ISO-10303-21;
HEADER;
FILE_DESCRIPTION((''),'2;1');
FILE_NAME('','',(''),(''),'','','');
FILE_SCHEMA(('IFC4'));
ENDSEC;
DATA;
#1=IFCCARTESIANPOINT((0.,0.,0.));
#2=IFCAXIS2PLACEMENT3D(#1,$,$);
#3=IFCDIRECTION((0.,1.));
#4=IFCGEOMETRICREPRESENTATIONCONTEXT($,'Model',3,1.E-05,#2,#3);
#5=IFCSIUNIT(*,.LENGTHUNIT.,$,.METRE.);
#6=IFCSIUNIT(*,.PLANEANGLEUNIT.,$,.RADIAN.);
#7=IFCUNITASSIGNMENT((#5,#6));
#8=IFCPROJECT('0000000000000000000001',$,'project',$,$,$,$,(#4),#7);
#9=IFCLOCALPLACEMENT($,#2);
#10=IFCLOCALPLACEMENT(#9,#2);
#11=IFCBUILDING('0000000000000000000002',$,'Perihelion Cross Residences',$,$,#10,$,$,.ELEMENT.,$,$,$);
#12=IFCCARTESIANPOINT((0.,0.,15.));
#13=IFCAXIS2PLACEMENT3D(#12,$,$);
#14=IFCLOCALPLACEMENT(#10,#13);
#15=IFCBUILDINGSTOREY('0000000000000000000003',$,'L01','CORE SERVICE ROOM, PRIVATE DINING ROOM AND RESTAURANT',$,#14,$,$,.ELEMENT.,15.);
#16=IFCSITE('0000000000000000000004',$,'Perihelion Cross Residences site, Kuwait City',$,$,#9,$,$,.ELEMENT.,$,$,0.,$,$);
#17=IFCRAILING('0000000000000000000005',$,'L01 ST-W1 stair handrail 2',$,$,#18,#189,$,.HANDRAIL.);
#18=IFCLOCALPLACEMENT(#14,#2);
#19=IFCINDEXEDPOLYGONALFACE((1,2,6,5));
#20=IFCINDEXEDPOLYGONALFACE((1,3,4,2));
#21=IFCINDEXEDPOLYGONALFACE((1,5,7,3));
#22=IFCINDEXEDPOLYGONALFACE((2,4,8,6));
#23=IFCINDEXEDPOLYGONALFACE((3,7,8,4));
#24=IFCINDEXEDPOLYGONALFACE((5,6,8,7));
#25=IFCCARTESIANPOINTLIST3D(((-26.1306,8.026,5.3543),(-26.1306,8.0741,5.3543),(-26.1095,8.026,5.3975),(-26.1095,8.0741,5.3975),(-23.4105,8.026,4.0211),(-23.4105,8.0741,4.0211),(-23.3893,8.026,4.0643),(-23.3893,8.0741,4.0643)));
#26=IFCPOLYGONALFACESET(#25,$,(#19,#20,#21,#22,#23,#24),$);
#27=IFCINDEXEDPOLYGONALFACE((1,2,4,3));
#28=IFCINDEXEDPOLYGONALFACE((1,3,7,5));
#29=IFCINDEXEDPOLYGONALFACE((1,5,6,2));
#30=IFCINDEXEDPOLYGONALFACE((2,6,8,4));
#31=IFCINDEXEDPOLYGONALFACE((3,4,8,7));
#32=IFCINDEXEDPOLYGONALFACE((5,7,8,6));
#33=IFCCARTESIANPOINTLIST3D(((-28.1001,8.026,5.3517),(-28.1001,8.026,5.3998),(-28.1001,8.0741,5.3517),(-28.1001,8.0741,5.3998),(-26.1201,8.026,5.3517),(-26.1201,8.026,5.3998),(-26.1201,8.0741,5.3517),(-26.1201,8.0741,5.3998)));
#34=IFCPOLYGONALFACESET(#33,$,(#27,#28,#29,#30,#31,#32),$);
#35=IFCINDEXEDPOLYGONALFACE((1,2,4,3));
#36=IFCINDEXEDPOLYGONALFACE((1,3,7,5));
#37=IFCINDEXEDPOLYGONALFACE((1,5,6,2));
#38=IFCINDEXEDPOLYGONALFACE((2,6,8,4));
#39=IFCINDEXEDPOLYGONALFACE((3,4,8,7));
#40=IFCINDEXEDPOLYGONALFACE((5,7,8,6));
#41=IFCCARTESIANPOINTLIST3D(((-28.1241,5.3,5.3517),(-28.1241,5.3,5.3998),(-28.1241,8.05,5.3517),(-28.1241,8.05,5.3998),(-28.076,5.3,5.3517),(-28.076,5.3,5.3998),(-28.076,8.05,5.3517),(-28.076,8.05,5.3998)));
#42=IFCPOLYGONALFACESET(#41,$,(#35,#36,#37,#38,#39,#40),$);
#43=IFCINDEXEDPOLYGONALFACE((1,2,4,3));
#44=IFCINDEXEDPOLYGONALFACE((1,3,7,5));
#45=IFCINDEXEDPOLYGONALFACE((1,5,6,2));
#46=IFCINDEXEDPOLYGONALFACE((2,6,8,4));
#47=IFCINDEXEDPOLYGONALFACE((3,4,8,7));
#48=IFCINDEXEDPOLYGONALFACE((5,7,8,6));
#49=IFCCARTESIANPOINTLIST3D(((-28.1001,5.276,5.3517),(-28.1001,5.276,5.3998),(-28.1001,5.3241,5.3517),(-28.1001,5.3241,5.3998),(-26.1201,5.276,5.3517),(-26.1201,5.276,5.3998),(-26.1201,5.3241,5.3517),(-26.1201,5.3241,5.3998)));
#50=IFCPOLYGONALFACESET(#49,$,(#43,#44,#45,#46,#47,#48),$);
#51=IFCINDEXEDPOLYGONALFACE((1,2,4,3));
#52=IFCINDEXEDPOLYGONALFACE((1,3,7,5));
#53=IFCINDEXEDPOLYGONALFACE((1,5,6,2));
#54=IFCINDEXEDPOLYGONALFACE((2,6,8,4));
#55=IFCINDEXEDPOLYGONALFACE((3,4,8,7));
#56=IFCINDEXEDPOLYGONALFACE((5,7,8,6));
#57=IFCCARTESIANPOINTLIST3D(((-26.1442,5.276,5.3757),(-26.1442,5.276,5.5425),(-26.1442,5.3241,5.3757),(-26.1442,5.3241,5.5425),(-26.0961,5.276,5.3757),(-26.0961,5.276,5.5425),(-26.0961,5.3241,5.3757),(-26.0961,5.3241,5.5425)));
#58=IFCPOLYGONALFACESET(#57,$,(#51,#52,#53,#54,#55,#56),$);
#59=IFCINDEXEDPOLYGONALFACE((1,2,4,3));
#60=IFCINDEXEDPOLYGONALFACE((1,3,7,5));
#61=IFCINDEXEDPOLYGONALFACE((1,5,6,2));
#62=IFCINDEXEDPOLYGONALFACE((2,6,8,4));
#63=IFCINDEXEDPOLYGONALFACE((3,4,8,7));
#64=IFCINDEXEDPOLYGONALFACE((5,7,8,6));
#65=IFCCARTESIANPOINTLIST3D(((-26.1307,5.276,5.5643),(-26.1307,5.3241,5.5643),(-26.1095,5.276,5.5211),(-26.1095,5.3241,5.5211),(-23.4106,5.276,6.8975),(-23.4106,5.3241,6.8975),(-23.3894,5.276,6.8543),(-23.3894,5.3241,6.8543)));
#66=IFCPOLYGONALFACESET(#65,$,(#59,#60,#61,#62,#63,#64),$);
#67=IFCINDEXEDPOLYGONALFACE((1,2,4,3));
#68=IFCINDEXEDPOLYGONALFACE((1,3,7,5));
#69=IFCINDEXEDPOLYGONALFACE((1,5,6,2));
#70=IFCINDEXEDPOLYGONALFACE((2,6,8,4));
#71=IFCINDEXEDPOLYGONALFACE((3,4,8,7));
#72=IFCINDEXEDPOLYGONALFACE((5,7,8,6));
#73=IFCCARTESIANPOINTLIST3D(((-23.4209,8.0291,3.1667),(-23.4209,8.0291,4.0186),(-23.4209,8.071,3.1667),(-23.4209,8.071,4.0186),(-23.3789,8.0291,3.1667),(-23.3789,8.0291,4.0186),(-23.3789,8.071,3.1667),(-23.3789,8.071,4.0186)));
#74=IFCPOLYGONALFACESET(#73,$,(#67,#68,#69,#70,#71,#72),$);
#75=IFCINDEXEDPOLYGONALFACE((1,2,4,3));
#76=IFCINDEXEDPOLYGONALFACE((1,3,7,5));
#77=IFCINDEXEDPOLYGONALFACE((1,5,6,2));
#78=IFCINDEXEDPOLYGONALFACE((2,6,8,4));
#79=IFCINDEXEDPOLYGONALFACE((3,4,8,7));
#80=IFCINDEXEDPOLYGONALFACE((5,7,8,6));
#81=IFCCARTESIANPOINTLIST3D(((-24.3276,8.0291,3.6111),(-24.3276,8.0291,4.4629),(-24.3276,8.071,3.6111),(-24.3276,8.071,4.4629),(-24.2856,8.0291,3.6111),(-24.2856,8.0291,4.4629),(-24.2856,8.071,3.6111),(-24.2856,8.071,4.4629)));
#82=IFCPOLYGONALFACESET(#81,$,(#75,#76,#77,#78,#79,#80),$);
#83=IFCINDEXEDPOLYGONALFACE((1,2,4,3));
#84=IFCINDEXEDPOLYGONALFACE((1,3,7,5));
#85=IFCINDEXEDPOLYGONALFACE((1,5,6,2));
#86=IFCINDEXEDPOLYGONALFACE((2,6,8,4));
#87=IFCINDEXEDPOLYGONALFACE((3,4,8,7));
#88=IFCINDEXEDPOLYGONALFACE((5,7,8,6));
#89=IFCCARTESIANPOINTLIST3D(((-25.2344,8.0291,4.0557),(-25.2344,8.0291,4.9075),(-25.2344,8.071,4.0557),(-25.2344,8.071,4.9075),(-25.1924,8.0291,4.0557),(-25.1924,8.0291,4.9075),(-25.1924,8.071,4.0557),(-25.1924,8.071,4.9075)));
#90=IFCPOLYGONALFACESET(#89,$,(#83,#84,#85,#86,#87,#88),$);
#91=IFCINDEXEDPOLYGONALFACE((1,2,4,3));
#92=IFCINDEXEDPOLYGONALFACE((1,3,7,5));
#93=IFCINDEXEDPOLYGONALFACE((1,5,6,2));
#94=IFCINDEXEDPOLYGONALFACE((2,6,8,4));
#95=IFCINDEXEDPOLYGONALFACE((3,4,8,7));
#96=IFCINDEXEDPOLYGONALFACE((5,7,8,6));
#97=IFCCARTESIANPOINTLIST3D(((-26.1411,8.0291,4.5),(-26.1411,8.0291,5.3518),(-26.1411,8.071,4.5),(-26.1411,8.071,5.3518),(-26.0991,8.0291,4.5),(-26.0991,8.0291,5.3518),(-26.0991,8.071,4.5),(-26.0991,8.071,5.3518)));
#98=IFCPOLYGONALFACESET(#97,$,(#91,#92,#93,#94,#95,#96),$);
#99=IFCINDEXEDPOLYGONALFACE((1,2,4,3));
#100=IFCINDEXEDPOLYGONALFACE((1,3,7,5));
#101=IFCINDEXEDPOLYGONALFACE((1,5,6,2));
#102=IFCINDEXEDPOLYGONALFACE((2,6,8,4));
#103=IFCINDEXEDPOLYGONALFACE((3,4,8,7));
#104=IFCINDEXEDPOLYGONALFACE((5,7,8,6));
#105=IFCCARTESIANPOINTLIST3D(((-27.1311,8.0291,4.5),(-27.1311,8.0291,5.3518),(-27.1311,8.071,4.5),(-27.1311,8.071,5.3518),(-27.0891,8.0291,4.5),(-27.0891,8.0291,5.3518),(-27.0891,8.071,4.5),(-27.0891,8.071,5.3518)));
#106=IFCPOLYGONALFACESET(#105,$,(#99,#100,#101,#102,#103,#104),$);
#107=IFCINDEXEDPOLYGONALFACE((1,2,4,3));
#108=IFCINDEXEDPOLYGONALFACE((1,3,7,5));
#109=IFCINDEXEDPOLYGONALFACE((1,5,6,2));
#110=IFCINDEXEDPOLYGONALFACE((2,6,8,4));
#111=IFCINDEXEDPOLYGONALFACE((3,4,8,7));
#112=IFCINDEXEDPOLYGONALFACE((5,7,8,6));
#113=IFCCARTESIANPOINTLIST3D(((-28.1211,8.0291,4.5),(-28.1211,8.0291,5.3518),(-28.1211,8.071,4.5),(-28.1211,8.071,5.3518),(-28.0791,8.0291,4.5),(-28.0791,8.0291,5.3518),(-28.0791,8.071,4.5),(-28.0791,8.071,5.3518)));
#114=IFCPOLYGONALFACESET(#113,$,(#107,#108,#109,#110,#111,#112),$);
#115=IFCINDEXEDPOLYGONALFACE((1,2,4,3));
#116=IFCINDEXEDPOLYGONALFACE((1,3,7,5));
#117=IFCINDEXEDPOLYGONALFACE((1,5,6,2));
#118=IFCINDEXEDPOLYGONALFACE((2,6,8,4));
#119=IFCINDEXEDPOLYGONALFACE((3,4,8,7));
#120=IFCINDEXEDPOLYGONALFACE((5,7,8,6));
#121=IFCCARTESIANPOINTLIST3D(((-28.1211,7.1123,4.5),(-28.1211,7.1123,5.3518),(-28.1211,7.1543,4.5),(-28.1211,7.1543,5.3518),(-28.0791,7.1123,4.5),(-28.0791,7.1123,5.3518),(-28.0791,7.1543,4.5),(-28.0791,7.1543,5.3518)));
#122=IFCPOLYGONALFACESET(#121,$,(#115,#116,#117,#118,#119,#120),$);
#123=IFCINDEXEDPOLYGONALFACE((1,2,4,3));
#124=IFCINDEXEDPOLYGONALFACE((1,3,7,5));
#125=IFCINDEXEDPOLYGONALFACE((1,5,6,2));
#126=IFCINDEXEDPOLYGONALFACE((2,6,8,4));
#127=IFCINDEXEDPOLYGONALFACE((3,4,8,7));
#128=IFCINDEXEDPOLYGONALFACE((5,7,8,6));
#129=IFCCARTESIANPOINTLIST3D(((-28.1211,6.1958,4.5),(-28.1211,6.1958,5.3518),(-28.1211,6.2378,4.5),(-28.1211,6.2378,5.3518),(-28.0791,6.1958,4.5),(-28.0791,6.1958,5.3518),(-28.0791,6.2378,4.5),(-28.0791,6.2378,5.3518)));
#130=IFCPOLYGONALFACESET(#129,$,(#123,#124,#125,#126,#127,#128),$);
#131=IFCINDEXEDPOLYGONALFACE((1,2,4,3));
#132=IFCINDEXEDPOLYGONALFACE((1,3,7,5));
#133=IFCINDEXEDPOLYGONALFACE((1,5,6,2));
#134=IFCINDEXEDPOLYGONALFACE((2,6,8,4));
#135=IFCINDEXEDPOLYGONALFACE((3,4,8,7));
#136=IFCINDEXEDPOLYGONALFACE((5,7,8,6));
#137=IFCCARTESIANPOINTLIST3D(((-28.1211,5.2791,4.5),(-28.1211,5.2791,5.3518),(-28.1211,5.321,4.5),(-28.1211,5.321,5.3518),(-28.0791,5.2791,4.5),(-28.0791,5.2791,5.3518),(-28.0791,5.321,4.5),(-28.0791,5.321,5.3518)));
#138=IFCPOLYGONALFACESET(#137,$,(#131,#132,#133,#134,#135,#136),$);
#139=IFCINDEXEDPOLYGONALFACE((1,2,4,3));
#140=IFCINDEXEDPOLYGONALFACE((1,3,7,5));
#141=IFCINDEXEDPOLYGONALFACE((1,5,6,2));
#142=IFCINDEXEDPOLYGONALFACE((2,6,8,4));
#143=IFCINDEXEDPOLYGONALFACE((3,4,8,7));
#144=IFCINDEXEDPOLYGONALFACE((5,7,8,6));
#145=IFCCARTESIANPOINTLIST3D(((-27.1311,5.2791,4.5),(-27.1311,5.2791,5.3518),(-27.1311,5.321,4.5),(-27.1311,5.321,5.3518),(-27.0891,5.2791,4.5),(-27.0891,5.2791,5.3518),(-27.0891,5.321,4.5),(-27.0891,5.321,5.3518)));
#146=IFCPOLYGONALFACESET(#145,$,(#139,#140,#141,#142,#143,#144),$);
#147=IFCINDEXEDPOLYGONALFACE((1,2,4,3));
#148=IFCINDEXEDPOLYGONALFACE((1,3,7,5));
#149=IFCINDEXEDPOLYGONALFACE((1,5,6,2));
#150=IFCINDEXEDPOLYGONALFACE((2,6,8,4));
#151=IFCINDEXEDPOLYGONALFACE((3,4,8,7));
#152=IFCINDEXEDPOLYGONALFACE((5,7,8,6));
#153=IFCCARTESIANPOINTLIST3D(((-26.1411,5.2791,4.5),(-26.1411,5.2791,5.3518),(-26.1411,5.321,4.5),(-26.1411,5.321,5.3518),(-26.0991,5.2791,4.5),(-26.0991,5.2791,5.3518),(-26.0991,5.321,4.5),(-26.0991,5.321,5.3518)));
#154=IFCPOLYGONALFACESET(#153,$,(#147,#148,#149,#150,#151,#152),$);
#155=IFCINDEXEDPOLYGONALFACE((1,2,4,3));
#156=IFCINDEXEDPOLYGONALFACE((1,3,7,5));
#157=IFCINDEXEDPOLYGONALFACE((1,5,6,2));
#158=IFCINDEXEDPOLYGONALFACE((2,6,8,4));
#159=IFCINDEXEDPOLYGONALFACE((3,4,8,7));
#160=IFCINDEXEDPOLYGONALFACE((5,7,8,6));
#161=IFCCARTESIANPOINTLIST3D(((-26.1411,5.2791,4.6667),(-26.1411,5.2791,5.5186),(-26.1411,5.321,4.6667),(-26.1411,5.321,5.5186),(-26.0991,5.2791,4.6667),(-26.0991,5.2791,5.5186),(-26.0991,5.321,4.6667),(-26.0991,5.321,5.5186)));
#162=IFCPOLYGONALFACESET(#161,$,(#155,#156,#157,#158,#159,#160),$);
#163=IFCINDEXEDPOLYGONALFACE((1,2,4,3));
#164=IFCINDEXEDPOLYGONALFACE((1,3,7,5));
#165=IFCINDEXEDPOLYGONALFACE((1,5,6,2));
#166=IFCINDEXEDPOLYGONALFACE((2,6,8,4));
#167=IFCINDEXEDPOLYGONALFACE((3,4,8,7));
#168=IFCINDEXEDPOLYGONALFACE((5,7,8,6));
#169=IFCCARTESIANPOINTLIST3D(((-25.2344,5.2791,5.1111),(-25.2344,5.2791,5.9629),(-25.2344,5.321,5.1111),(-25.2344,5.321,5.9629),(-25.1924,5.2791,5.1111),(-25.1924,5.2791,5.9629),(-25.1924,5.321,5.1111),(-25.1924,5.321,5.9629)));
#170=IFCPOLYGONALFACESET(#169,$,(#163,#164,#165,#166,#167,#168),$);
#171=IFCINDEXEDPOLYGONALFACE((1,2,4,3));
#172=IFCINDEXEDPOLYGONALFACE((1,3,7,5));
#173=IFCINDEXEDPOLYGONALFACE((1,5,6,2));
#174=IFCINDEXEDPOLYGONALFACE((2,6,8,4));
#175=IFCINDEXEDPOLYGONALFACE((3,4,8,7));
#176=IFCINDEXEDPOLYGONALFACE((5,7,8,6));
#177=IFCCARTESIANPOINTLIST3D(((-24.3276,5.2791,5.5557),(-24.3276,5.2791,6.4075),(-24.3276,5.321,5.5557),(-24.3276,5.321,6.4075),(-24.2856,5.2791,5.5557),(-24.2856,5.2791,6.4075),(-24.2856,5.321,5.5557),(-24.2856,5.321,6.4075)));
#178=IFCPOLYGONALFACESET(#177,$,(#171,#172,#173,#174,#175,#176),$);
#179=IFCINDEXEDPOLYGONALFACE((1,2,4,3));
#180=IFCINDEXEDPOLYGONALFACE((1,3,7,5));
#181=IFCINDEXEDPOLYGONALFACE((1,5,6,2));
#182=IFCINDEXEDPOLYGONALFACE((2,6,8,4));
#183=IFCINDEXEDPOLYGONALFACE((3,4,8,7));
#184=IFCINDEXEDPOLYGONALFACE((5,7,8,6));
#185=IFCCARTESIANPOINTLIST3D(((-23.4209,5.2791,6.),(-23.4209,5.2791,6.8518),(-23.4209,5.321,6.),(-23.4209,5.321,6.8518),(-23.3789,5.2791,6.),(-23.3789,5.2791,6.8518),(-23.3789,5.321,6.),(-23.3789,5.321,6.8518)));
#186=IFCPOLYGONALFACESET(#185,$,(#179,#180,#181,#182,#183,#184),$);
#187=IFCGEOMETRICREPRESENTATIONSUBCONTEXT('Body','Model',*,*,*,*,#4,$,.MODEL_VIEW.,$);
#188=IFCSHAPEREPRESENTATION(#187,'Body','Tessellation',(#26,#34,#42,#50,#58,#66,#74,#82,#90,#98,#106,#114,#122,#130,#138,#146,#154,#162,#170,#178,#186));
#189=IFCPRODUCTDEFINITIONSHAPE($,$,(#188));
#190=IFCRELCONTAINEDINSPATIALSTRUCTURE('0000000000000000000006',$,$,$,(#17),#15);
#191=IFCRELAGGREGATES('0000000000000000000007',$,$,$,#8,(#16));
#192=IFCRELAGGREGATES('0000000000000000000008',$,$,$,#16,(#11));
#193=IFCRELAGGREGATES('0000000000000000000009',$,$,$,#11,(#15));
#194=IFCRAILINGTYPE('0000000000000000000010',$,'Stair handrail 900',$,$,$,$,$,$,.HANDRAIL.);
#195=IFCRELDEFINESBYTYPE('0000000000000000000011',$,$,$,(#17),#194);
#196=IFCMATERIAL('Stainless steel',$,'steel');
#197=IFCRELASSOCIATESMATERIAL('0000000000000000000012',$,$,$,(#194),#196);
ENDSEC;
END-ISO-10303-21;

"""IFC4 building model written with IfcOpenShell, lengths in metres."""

from ifc_helpers import new_model, si_unit, direction, frame, origin, origin_2d, place, context, subcontext, project, spatial, rectangle, extrude, material, type_object, element, save


model = new_model("IFC4")

# Units and contexts
model_context = context("Model", 3, precision=1e-05, world=origin(), true_north=direction((0.0, 1.0)))
body_context = subcontext(model_context, "Body", "Model", "MODEL_VIEW")
ifc_project = project(units=[si_unit("LENGTHUNIT", "METRE"), si_unit("PLANEANGLEUNIT", "RADIAN")], contexts=[model_context])

# Site, building, storey
site_placement = place(None, origin())
site = spatial("IfcSite", under=ifc_project, at=site_placement, Name="Perihelion Cross Residences site, Kuwait City", CompositionType="ELEMENT", RefElevation=0.0)
building_placement = place(site_placement, origin())
building = spatial("IfcBuilding", under=site, at=building_placement, Name="Perihelion Cross Residences", CompositionType="ELEMENT")
storey_placement = place(building_placement, frame((0.0, 0.0, 15.0)))
storey = spatial("IfcBuildingStorey", under=building, at=storey_placement, Name="L01", Description="CORE SERVICE ROOM, PRIVATE DINING ROOM AND RESTAURANT", CompositionType="ELEMENT", Elevation=15.0)

# Railing
ifc_material_1 = material(Name="Stainless steel", Category="steel")
railing_type_1 = type_object("IfcRailingType", Name="Stair handrail 900", PredefinedType="HANDRAIL", material=ifc_material_1)
railing_1_placement = place(storey_placement, frame((-23.3999, 8.05, 3.1667)))
element("IfcRailing", 1, at=railing_1_placement, inside=storey, type_object=railing_type_1, Name="L01 ST-W1 stair handrail 2", PredefinedType="HANDRAIL", context=body_context, shape_type="SweptSolid", body=[
    extrude(rectangle(XDim=0.0481, YDim=0.0481, at=origin_2d()), frame((0.0, 0.0, 0.876), z_axis=(-0.897945, 0.0, 0.440108), x_axis=(0.0, -1.0, 0.0)), (0.0, 0.0, 1.0), 3.0293),
    extrude(rectangle(XDim=0.0481, YDim=0.0481, at=origin_2d()), frame((-2.7202, 0.0, 2.209), z_axis=(-1.0, 0.0, 0.0), x_axis=(0.0, -1.0, 0.0)), (0.0, 0.0, 1.0), 1.98),
    extrude(rectangle(XDim=0.0481, YDim=0.0481, at=origin_2d()), frame((-4.7002, 0.0, 2.209), z_axis=(0.0, -1.0, 0.0), x_axis=(1.0, 0.0, 0.0)), (0.0, 0.0, 1.0), 2.75),
    extrude(rectangle(XDim=0.0481, YDim=0.0481, at=origin_2d()), frame((-4.7002, -2.75, 2.209), z_axis=(1.0, 0.0, 0.0), x_axis=(0.0, 1.0, 0.0)), (0.0, 0.0, 1.0), 1.98),
    extrude(rectangle(XDim=0.0481, YDim=0.0481, at=origin_2d()), frame((-2.7202, -2.75, 2.209), z_axis=(0.0, 0.0, 1.0), x_axis=(1.0, 0.0, 0.0)), (0.0, 0.0, 1.0), 0.1667),
    extrude(rectangle(XDim=0.0481, YDim=0.0481, at=origin_2d()), frame((-2.7202, -2.75, 2.376), z_axis=(0.897945, 0.0, 0.440108), x_axis=(0.0, 1.0, 0.0)), (0.0, 0.0, 1.0), 3.0293),
    extrude(rectangle(XDim=0.042, YDim=0.042, at=origin_2d()), origin(), (0.0, 0.0, 1.0), 0.8518),
    extrude(rectangle(XDim=0.042, YDim=0.042, at=origin_2d()), frame((-0.9067, 0.0, 0.4443)), (0.0, 0.0, 1.0), 0.8518),
    extrude(rectangle(XDim=0.042, YDim=0.042, at=origin_2d()), frame((-1.8135, 0.0, 0.8889)), (0.0, 0.0, 1.0), 0.8518),
    extrude(rectangle(XDim=0.042, YDim=0.042, at=origin_2d()), frame((-2.7202, 0.0, 1.3333)), (0.0, 0.0, 1.0), 0.8518),
    extrude(rectangle(XDim=0.042, YDim=0.042, at=origin_2d()), frame((-3.7102, 0.0, 1.3333)), (0.0, 0.0, 1.0), 0.8518),
    extrude(rectangle(XDim=0.042, YDim=0.042, at=origin_2d()), frame((-4.7002, 0.0, 1.3333)), (0.0, 0.0, 1.0), 0.8518),
    extrude(rectangle(XDim=0.042, YDim=0.042, at=origin_2d()), frame((-4.7002, -0.9167, 1.3333)), (0.0, 0.0, 1.0), 0.8518),
    extrude(rectangle(XDim=0.042, YDim=0.042, at=origin_2d()), frame((-4.7002, -1.8333, 1.3333)), (0.0, 0.0, 1.0), 0.8518),
    extrude(rectangle(XDim=0.042, YDim=0.042, at=origin_2d()), frame((-4.7002, -2.75, 1.3333)), (0.0, 0.0, 1.0), 0.8518),
    extrude(rectangle(XDim=0.042, YDim=0.042, at=origin_2d()), frame((-3.7102, -2.75, 1.3333)), (0.0, 0.0, 1.0), 0.8518),
    extrude(rectangle(XDim=0.042, YDim=0.042, at=origin_2d()), frame((-2.7202, -2.75, 1.3333)), (0.0, 0.0, 1.0), 0.8518),
    extrude(rectangle(XDim=0.042, YDim=0.042, at=origin_2d()), frame((-2.7202, -2.75, 1.5)), (0.0, 0.0, 1.0), 0.8518),
    extrude(rectangle(XDim=0.042, YDim=0.042, at=origin_2d()), frame((-1.8135, -2.75, 1.9443)), (0.0, 0.0, 1.0), 0.8518),
    extrude(rectangle(XDim=0.042, YDim=0.042, at=origin_2d()), frame((-0.9067, -2.75, 2.3889)), (0.0, 0.0, 1.0), 0.8518),
    extrude(rectangle(XDim=0.042, YDim=0.042, at=origin_2d()), frame((0.0, -2.75, 2.8333)), (0.0, 0.0, 1.0), 0.8518),
])

save(model, "model.ifc")
